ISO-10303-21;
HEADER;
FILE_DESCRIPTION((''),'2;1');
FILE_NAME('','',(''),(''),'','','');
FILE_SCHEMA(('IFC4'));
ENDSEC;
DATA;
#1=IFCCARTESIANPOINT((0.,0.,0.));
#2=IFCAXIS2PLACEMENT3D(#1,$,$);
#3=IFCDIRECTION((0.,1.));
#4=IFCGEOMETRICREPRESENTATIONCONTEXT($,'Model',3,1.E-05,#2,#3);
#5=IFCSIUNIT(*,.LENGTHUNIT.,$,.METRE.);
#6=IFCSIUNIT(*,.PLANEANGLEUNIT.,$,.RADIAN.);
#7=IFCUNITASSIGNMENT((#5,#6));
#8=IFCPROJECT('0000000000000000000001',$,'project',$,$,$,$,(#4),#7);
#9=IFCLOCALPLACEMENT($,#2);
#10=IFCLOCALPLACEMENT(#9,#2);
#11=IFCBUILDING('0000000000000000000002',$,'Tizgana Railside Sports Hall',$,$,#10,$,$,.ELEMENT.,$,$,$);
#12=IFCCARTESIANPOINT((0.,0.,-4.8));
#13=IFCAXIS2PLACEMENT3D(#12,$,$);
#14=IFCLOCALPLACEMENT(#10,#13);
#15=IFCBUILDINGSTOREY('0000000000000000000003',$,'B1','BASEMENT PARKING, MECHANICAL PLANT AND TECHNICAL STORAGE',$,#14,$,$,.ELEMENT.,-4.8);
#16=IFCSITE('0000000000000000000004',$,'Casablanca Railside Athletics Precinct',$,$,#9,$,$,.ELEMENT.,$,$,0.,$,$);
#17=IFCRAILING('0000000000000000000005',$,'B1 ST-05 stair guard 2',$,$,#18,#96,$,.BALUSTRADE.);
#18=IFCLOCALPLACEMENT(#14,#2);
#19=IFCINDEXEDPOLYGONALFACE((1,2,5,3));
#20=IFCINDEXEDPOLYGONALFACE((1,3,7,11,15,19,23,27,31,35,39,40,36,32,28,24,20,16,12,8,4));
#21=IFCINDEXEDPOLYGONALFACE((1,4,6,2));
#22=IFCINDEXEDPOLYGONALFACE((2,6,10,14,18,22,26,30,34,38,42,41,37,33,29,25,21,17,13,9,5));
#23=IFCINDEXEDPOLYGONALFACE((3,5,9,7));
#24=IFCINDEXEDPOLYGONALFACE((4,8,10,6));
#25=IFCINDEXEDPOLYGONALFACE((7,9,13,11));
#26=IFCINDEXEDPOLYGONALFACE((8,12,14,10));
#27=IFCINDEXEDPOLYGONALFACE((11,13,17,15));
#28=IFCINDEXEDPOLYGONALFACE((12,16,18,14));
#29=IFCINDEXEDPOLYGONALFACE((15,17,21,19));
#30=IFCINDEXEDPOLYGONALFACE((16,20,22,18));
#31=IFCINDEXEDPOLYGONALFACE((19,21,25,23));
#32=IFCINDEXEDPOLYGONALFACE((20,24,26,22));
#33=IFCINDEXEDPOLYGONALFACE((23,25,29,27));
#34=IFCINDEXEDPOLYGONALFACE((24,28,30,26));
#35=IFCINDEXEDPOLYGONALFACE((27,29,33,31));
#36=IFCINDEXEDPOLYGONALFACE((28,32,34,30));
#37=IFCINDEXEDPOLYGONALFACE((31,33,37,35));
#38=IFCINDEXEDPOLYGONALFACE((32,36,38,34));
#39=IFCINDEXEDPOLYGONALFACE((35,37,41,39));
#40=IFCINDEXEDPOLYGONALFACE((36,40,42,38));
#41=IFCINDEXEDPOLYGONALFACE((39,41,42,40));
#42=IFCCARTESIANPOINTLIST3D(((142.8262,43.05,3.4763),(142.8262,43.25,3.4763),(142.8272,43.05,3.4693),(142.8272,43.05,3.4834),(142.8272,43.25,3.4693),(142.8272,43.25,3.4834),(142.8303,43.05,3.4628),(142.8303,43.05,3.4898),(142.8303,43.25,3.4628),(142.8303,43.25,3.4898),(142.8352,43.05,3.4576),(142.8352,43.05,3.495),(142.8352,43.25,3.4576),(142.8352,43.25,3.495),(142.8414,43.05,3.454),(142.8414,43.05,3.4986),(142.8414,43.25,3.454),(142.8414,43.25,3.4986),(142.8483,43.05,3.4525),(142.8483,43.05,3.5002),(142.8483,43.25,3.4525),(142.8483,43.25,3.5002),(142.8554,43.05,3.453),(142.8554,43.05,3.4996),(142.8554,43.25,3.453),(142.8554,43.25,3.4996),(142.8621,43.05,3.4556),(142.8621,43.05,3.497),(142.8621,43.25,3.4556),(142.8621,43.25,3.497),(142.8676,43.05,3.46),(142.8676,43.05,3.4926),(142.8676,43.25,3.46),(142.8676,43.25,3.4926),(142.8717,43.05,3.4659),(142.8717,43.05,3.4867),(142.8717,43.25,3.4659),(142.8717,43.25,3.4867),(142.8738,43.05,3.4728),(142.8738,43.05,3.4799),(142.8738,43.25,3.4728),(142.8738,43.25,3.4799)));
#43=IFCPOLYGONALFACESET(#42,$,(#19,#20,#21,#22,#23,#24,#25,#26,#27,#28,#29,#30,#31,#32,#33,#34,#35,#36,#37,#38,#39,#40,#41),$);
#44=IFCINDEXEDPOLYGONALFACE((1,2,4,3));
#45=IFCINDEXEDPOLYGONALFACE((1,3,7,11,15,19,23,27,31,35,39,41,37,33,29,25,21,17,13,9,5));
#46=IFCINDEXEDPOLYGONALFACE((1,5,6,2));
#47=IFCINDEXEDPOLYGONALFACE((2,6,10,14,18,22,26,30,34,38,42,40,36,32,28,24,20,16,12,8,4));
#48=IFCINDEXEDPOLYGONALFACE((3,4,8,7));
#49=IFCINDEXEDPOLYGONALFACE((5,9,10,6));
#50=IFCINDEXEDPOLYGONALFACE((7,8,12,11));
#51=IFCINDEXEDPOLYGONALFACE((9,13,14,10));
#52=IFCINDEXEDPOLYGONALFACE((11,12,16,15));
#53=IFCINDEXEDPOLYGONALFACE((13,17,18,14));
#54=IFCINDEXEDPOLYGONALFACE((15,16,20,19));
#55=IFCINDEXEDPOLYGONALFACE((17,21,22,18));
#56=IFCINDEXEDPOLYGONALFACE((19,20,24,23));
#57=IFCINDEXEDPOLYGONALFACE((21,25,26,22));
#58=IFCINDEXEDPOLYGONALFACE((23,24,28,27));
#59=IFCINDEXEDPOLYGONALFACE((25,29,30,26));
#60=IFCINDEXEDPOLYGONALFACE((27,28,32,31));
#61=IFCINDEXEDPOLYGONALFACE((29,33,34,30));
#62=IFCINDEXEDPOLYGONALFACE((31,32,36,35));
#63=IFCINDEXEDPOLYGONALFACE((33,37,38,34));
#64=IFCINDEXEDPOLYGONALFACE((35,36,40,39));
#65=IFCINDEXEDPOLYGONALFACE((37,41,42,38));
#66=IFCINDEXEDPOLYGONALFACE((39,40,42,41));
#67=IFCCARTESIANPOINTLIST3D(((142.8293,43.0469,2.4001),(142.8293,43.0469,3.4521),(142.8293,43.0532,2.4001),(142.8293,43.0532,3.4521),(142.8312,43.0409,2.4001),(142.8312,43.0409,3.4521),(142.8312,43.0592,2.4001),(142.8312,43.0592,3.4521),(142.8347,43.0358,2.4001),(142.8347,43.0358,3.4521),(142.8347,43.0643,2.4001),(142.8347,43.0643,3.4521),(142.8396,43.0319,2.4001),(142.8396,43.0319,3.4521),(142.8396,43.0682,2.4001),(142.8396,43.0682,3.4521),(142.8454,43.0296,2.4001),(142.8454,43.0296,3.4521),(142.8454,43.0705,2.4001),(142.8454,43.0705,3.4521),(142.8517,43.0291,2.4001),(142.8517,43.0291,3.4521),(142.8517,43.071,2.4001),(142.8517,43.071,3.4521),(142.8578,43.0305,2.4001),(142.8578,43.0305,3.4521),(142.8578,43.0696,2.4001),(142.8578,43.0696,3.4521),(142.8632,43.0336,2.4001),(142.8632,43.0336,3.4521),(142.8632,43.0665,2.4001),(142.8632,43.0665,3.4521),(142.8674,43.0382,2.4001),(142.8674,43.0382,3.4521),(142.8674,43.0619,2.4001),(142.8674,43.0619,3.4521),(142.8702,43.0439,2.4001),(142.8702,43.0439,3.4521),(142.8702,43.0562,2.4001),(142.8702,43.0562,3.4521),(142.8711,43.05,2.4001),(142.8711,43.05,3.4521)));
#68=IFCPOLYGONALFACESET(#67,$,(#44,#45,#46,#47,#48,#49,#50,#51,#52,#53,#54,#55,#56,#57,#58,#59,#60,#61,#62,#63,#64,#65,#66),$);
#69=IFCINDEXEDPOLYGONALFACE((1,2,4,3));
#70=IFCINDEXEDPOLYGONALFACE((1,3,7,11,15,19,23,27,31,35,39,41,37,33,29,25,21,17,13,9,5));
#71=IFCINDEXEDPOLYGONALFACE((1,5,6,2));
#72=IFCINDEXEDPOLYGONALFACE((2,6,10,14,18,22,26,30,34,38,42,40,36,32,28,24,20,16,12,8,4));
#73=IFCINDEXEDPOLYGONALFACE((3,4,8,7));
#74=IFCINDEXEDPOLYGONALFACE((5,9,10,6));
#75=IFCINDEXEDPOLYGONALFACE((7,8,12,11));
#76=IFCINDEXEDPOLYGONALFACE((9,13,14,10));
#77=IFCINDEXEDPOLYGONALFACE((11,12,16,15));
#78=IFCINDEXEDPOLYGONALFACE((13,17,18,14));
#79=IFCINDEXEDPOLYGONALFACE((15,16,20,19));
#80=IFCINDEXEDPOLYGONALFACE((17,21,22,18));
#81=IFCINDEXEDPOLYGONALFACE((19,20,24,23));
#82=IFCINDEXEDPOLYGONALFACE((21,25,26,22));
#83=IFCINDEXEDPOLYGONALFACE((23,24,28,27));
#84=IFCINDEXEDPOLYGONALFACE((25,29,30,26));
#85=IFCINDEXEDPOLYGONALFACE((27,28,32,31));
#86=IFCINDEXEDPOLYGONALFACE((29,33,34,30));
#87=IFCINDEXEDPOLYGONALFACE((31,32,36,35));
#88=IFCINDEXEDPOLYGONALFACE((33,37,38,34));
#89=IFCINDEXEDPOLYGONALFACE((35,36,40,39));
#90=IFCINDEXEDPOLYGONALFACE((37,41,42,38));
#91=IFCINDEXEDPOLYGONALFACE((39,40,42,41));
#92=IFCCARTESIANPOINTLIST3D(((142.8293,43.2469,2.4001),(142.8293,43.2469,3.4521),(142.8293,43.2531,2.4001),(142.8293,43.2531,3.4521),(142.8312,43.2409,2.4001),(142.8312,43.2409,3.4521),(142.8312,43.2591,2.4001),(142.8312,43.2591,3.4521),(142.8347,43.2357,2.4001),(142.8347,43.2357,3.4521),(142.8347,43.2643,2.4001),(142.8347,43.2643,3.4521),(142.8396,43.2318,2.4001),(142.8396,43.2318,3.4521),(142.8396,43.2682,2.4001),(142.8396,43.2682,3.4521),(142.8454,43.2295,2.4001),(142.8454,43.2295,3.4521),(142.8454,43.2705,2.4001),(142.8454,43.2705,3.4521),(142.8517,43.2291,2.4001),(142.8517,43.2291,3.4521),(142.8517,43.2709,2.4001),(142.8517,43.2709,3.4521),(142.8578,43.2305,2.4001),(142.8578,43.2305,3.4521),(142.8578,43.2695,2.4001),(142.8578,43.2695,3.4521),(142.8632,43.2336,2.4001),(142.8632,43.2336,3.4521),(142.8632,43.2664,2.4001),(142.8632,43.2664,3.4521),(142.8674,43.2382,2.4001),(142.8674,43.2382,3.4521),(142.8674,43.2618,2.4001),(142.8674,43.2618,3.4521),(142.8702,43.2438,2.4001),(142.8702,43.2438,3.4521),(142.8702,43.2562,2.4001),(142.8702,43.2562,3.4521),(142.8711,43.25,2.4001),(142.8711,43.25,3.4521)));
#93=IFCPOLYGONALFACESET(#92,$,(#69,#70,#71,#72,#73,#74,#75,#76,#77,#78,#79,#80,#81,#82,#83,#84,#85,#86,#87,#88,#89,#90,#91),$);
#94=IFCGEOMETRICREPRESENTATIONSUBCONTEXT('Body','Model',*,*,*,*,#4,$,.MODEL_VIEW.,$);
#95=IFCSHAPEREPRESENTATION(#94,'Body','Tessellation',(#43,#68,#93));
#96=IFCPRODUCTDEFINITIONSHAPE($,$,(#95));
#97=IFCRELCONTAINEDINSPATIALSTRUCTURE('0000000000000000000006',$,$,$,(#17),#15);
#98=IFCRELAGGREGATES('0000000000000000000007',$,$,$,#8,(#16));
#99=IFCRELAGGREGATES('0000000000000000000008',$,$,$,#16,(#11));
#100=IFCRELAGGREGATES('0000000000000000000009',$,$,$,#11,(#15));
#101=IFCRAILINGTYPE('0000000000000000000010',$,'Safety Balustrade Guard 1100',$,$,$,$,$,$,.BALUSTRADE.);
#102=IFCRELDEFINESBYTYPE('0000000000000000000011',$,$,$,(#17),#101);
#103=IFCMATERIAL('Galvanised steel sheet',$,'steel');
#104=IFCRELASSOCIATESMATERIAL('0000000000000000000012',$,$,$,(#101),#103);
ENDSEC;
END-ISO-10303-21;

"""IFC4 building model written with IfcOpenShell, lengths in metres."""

from ifc_helpers import new_model, si_unit, direction, frame, origin, origin_2d, place, context, subcontext, project, spatial, circle, extrude, material, type_object, element, save


model = new_model("IFC4")

# Units and contexts
model_context = context("Model", 3, precision=1e-05, world=origin(), true_north=direction((0.0, 1.0)))
body_context = subcontext(model_context, "Body", "Model", "MODEL_VIEW")
ifc_project = project(units=[si_unit("LENGTHUNIT", "METRE"), si_unit("PLANEANGLEUNIT", "RADIAN")], contexts=[model_context])

# Site, building, storey
site_placement = place(None, origin())
site = spatial("IfcSite", under=ifc_project, at=site_placement, Name="Casablanca Railside Athletics Precinct", CompositionType="ELEMENT", RefElevation=0.0)
building_placement = place(site_placement, origin())
building = spatial("IfcBuilding", under=site, at=building_placement, Name="Tizgana Railside Sports Hall", CompositionType="ELEMENT")
storey_placement = place(building_placement, frame((0.0, 0.0, -4.8)))
storey = spatial("IfcBuildingStorey", under=building, at=storey_placement, Name="B1", Description="BASEMENT PARKING, MECHANICAL PLANT AND TECHNICAL STORAGE", CompositionType="ELEMENT", Elevation=-4.8)

# Railing
ifc_material_1 = material(Name="Galvanised steel sheet", Category="steel")
railing_type_1 = type_object("IfcRailingType", Name="Safety Balustrade Guard 1100", PredefinedType="BALUSTRADE", material=ifc_material_1)
railing_1_placement = place(storey_placement, frame((142.8501, 43.05, 2.4001)))
element("IfcRailing", 1, at=railing_1_placement, inside=storey, type_object=railing_type_1, Name="B1 ST-05 stair guard 2", PredefinedType="BALUSTRADE", context=body_context, shape_type="SweptSolid", body=[
    extrude(circle(Radius=0.0239, at=origin_2d()), frame((0.0, 0.0, 1.0762), z_axis=(0.0, 1.0, 0.0), x_axis=(-1.0, 0.0, 0.0)), (0.0, 0.0, 1.0), 0.2),
    extrude(circle(Radius=0.021, at=origin_2d()), origin(), (0.0, 0.0, 1.0), 1.052),
    extrude(circle(Radius=0.021, at=origin_2d()), frame((0.0, 0.2, 0.0)), (0.0, 0.0, 1.0), 1.052),
])

save(model, "model.ifc")
